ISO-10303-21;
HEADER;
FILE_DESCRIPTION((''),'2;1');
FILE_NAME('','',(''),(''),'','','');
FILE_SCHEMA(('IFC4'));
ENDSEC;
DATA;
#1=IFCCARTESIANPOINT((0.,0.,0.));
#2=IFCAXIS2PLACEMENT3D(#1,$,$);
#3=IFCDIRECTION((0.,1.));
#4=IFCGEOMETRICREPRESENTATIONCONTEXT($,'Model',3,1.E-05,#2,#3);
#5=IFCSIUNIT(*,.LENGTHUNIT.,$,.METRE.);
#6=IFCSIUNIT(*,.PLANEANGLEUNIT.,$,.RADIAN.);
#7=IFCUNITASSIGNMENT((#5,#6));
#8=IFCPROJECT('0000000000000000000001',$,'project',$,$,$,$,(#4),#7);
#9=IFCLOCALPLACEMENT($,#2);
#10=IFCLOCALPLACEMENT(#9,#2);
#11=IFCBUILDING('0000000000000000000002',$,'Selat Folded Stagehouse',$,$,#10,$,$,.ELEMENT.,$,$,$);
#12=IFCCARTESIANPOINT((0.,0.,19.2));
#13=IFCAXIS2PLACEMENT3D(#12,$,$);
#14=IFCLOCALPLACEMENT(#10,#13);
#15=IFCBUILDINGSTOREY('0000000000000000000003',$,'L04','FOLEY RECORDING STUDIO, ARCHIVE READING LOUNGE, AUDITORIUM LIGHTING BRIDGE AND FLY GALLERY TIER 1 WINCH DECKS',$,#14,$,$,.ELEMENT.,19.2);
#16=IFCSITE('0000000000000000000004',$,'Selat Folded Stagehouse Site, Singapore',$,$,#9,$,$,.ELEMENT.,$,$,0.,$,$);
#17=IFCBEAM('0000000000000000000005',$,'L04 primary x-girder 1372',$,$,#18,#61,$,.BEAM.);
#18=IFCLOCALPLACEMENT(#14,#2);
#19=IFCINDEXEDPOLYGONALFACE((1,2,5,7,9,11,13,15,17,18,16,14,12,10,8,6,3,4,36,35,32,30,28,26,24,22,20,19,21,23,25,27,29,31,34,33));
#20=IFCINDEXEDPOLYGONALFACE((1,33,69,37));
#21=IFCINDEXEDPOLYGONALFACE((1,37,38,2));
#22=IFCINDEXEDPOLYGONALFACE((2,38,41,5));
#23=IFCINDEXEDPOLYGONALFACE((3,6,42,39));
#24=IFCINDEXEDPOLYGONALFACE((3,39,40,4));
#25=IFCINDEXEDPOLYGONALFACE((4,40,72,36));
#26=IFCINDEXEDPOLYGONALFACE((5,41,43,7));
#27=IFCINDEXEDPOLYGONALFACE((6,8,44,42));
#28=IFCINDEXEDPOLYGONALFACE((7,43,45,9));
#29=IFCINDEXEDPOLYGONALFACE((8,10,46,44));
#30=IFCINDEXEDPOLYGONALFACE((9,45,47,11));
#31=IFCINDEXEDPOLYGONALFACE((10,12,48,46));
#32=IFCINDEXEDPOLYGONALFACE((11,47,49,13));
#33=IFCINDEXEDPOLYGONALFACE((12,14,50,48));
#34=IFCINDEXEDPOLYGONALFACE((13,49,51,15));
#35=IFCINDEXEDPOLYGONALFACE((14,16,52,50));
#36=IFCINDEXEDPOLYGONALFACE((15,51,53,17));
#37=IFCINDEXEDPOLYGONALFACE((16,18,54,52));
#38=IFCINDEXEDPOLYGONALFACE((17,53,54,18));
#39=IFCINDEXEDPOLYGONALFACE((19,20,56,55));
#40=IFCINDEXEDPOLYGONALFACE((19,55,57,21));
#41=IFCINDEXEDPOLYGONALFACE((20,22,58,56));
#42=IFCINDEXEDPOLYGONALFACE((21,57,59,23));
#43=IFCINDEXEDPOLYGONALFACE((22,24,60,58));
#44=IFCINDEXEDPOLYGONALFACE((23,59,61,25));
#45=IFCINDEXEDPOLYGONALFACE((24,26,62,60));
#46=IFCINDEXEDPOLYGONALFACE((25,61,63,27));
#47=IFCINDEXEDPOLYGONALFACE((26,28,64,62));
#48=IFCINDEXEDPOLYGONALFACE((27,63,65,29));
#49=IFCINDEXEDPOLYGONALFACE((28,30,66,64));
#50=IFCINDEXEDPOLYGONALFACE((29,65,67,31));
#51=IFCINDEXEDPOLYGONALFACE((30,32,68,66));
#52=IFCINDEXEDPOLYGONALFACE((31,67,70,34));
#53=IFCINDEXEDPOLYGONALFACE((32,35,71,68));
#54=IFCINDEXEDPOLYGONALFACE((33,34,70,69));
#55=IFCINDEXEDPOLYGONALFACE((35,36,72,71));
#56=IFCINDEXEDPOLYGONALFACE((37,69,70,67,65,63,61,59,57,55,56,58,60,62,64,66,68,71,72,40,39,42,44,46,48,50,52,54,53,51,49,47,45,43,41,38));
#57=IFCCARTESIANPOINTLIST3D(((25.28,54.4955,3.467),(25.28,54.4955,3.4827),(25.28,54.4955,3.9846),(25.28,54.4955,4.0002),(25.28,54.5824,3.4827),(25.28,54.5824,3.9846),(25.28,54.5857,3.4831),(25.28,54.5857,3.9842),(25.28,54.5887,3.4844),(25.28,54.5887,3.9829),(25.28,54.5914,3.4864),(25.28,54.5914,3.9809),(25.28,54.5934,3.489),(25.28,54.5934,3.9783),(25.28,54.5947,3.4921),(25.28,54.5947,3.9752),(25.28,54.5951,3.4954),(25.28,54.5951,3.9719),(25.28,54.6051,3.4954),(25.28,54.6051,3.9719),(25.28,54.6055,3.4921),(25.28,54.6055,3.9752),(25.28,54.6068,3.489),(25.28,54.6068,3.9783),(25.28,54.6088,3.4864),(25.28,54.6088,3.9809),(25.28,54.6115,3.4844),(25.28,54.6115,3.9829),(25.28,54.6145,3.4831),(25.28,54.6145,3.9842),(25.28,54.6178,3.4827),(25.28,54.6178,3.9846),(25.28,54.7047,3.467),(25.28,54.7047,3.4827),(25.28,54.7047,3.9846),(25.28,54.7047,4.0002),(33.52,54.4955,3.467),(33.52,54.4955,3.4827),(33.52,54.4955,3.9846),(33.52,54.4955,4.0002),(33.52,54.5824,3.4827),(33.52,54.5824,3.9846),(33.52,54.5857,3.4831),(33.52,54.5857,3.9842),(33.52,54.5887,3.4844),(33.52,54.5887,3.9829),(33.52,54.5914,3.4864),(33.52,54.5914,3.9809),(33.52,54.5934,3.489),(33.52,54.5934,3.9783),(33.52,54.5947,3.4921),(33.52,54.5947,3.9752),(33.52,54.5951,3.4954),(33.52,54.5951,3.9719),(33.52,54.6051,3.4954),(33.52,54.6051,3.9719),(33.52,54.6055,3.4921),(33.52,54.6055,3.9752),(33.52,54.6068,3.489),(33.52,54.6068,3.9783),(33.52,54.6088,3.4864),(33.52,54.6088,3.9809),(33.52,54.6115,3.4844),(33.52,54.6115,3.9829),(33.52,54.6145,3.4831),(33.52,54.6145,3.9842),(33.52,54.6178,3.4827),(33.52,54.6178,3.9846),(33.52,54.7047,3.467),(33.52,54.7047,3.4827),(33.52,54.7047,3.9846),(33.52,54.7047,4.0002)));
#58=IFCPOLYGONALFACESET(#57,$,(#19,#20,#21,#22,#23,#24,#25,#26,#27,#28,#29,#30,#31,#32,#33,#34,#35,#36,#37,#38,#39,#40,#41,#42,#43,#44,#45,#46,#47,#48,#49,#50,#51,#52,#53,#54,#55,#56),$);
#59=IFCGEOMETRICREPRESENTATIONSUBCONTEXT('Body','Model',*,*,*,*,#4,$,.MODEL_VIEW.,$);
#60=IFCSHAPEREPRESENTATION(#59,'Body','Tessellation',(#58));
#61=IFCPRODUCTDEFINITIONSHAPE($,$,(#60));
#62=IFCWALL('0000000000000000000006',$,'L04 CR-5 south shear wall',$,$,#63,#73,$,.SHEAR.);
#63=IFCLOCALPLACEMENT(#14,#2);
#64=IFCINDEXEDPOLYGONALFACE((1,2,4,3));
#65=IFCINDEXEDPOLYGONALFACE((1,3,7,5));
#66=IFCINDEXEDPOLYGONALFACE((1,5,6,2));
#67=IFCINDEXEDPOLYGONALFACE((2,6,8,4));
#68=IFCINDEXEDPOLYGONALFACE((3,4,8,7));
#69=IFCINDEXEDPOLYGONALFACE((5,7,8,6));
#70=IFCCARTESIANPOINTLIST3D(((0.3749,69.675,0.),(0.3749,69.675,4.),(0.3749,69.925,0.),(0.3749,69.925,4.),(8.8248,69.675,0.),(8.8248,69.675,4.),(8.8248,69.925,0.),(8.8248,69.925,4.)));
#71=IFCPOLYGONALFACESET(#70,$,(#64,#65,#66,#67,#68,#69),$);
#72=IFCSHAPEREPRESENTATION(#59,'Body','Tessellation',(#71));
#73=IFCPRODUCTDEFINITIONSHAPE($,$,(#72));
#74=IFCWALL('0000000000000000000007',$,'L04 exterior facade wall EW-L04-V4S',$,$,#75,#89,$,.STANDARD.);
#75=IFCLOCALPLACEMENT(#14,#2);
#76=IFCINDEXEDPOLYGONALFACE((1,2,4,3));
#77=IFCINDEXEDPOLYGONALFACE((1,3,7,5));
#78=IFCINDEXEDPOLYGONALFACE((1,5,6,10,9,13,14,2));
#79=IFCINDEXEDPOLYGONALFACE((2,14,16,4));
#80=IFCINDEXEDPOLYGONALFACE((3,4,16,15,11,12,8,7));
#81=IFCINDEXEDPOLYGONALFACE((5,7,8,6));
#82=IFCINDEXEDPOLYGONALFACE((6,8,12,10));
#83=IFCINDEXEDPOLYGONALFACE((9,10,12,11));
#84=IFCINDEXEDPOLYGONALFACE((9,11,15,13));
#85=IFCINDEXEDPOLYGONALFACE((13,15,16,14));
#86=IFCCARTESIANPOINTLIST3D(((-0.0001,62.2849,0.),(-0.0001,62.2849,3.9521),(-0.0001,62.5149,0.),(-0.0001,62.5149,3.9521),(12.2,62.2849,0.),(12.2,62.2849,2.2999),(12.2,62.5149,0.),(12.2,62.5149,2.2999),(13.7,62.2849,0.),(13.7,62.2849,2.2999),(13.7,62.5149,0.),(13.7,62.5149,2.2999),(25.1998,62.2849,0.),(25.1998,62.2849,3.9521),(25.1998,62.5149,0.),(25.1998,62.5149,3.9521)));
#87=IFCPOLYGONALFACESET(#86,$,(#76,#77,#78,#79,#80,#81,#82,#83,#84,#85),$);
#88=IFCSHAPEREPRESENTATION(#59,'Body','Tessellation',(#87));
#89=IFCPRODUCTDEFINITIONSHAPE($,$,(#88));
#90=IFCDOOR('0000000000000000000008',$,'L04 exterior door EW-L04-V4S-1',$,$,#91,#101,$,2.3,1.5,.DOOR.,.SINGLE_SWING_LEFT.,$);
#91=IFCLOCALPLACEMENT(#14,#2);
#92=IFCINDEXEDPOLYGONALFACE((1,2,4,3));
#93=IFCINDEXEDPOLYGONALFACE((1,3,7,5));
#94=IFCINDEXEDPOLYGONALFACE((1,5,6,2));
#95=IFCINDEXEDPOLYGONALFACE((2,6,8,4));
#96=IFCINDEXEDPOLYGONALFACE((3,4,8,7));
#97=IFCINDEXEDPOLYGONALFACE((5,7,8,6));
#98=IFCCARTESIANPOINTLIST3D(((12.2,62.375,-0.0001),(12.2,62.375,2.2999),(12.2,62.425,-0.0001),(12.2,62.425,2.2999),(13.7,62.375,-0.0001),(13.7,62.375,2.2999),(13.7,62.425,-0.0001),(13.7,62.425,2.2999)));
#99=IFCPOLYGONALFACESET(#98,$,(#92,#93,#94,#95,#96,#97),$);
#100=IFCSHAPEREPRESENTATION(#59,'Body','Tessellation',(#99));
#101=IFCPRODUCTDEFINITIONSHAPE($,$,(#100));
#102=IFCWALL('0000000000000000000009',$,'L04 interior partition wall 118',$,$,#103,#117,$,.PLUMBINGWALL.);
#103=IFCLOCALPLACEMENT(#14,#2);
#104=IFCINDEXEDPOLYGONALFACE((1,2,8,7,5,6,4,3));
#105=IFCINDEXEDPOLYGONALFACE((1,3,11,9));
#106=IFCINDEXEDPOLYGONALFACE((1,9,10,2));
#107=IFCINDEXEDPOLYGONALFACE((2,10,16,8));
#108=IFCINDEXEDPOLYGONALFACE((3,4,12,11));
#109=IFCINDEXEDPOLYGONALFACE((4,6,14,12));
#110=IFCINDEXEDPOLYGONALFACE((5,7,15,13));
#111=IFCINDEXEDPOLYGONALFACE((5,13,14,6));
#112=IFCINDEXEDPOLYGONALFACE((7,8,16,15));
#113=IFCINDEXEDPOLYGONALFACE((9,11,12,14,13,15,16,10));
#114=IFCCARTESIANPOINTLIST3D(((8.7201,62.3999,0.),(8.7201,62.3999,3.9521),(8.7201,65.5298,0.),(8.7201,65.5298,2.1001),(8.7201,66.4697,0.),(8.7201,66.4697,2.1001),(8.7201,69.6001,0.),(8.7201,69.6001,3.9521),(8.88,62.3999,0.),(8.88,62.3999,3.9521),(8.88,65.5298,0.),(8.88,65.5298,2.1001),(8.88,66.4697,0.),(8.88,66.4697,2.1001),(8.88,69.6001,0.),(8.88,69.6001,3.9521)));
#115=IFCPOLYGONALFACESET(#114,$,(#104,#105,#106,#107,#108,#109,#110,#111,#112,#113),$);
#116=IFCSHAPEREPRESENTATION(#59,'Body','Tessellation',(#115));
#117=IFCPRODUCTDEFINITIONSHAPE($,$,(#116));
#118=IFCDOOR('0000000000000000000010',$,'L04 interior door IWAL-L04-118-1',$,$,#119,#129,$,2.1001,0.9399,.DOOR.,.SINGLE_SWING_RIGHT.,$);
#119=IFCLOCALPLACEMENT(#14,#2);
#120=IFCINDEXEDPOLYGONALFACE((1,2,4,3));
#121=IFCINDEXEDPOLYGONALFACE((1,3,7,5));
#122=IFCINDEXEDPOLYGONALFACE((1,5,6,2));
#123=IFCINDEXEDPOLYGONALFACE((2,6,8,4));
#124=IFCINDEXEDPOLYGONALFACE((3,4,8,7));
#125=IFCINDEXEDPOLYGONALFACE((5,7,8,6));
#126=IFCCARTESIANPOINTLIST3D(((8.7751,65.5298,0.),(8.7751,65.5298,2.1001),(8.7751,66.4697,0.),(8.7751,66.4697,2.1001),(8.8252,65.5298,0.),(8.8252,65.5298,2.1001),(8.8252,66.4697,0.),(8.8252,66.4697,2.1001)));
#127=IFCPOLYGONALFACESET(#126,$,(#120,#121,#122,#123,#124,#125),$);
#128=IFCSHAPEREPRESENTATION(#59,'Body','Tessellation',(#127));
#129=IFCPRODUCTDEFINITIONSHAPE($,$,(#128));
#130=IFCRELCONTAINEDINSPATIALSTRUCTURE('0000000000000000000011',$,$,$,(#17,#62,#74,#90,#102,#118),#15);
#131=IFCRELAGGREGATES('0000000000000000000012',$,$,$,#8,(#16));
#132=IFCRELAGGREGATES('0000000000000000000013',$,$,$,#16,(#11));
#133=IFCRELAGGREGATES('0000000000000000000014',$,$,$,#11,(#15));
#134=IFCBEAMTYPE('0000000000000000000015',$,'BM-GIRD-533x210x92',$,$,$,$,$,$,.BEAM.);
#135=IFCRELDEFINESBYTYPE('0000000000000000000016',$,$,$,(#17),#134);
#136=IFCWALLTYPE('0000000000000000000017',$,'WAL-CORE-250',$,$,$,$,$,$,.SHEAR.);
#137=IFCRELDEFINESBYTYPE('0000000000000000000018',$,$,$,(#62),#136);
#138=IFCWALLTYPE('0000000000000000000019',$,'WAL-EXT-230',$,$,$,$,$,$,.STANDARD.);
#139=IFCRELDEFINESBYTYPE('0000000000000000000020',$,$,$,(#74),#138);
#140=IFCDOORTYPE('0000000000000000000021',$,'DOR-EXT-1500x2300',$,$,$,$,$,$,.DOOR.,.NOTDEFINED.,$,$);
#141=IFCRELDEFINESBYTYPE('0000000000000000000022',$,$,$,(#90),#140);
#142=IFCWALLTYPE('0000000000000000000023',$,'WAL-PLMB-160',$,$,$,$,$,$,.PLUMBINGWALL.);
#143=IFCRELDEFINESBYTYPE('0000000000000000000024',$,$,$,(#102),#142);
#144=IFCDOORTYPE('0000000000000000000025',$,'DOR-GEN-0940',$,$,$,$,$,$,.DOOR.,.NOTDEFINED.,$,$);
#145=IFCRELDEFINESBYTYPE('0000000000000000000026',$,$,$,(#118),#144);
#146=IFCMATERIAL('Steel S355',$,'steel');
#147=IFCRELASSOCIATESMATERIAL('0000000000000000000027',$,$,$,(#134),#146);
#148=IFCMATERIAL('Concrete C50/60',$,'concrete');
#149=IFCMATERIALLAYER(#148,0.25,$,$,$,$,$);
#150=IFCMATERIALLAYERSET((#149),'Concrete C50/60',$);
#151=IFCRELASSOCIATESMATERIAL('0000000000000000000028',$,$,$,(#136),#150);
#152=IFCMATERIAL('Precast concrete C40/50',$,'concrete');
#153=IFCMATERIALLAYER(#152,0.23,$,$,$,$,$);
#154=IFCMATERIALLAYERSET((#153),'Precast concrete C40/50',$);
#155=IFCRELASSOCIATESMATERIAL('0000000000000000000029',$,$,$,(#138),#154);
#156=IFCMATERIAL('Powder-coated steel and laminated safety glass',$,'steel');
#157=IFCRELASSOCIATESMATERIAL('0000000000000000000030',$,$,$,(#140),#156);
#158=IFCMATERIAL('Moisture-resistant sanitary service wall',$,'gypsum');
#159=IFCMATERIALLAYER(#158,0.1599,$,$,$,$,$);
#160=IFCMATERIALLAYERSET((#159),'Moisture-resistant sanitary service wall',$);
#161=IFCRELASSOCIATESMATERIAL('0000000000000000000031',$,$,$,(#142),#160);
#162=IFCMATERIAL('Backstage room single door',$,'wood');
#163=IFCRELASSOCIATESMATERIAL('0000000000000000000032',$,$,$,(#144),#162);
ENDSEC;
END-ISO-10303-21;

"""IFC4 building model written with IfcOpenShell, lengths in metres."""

from ifc_helpers import new_model, si_unit, direction, frame, frame_2d, origin, origin_2d, place, context, subcontext, project, spatial, rectangle, i_section, extrude, material, layer, layer_set, material_profile, profile_set, type_object, element, fill, save


model = new_model("IFC4")

# Units and contexts
model_context = context("Model", 3, precision=1e-05, world=origin(), true_north=direction((0.0, 1.0)))
body_context = subcontext(model_context, "Body", "Model", "MODEL_VIEW")
ifc_project = project(units=[si_unit("LENGTHUNIT", "METRE"), si_unit("PLANEANGLEUNIT", "RADIAN")], contexts=[model_context])

# Site, building, storey
site_placement = place(None, origin())
site = spatial("IfcSite", under=ifc_project, at=site_placement, Name="Selat Folded Stagehouse Site, Singapore", CompositionType="ELEMENT", RefElevation=0.0)
building_placement = place(site_placement, origin())
building = spatial("IfcBuilding", under=site, at=building_placement, Name="Selat Folded Stagehouse", CompositionType="ELEMENT")
storey_placement = place(building_placement, frame((0.0, 0.0, 19.2)))
storey = spatial("IfcBuildingStorey", under=building, at=storey_placement, Name="L04", Description="FOLEY RECORDING STUDIO, ARCHIVE READING LOUNGE, AUDITORIUM LIGHTING BRIDGE AND FLY GALLERY TIER 1 WINCH DECKS", CompositionType="ELEMENT", Elevation=19.2)

# Shared definitions
ifc_material_1 = material(Name="Steel S355", Category="steel")

# Beam
ifc_material_profile_1 = material_profile(ifc_material_1, i_section(OverallWidth=0.2092, OverallDepth=0.5332, WebThickness=0.01, FlangeThickness=0.0156, FilletRadius=0.0127, at=origin_2d()), Name="UKB 533x210x92")
ifc_profile_set_1 = profile_set([ifc_material_profile_1], Name="Steel S355")
beam_type = type_object("IfcBeamType", Name="BM-GIRD-533x210x92", PredefinedType="BEAM", material=ifc_profile_set_1)
beam_placement = place(storey_placement, frame((25.28, 54.6001, 3.7336), z_axis=(1.0, 0.0, 0.0), x_axis=(0.0, 1.0, 0.0)))
element("IfcBeam", 1, at=beam_placement, inside=storey, type_object=beam_type, Name="L04 primary x-girder 1372", PredefinedType="BEAM", context=body_context, shape_type="SweptSolid", body=[
    extrude(i_section(OverallWidth=0.2092, OverallDepth=0.5332, WebThickness=0.01, FlangeThickness=0.0156, FilletRadius=0.0127, at=origin_2d()), origin(), (0.0, 0.0, 1.0), 8.24),
])

# Wall
ifc_material_2 = material(Name="Concrete C50/60", Category="concrete")
ifc_layer_1 = layer(ifc_material_2, 0.25)
ifc_layer_set_1 = layer_set([ifc_layer_1], Name="Concrete C50/60")
wall_type_1 = type_object("IfcWallType", Name="WAL-CORE-250", PredefinedType="SHEAR", material=ifc_layer_set_1)
wall_1_placement = place(storey_placement, frame((8.825, 69.8, 0.0), z_axis=(0.0, 0.0, 1.0), x_axis=(-1.0, 0.0, 0.0)))
element("IfcWall", 2, at=wall_1_placement, inside=storey, type_object=wall_type_1, Name="L04 CR-5 south shear wall", PredefinedType="SHEAR", context=body_context, shape_type="SweptSolid", body=[
    extrude(rectangle(XDim=8.45, YDim=0.25, at=frame_2d((4.2251, 0.0))), origin(), (0.0, 0.0, 1.0), 4.0),
])

# Walls, openings, doors
ifc_material_3 = material(Name="Precast concrete C40/50", Category="concrete")
ifc_layer_2 = layer(ifc_material_3, 0.23)
ifc_layer_set_2 = layer_set([ifc_layer_2], Name="Precast concrete C40/50")
wall_type_2 = type_object("IfcWallType", Name="WAL-EXT-230", PredefinedType="STANDARD", material=ifc_layer_set_2)
wall_2_placement = place(storey_placement, frame((25.2, 62.3999, 0.0), z_axis=(0.0, 0.0, 1.0), x_axis=(-1.0, 0.0, 0.0)))
wall_2 = element("IfcWall", 3, at=wall_2_placement, inside=storey, type_object=wall_type_2, Name="L04 exterior facade wall EW-L04-V4S", PredefinedType="STANDARD", context=body_context, shape_type="SweptSolid", body=[
    extrude(rectangle(XDim=25.2, YDim=0.23, at=frame_2d((12.6001, 0.0))), origin(), (0.0, 0.0, 1.0), 3.9521),
])
opening_1_placement = place(wall_2_placement, frame((11.5, 0.0, 0.0)))
opening_1 = element("IfcOpeningElement", 4, at=opening_1_placement, cuts=wall_2, PredefinedType="OPENING", context=body_context, shape_type="SweptSolid", body=[
    extrude(rectangle(XDim=1.5, YDim=2.3, at=frame_2d((0.75, 1.1499))), frame((0.0, 0.125, 0.0), z_axis=(0.0, -1.0, 0.0), x_axis=(1.0, 0.0, 0.0)), (0.0, 0.0, 1.0), 0.25),
])
ifc_material_4 = material(Name="Powder-coated steel and laminated safety glass", Category="steel")
door_type_1 = type_object("IfcDoorType", Name="DOR-EXT-1500x2300", OperationType="NOTDEFINED", PredefinedType="DOOR", material=ifc_material_4)
door_1_placement = place(opening_1_placement, origin())
door_1 = element("IfcDoor", 5, at=door_1_placement, inside=storey, type_object=door_type_1, Name="L04 exterior door EW-L04-V4S-1", OperationType="SINGLE_SWING_LEFT", OverallHeight=2.3, OverallWidth=1.5, PredefinedType="DOOR", context=body_context, shape_type="SweptSolid", body=[
    extrude(rectangle(XDim=1.5, YDim=2.3, at=frame_2d((0.75, 1.1499))), frame((0.0, 0.0249, 0.0), z_axis=(0.0, -1.0, 0.0), x_axis=(1.0, 0.0, 0.0)), (0.0, 0.0, 1.0), 0.05),
])
fill(opening_1, door_1)
ifc_material_5 = material(Name="Moisture-resistant sanitary service wall", Category="gypsum")
ifc_layer_3 = layer(ifc_material_5, 0.1599)
ifc_layer_set_3 = layer_set([ifc_layer_3], Name="Moisture-resistant sanitary service wall")
wall_type_3 = type_object("IfcWallType", Name="WAL-PLMB-160", PredefinedType="PLUMBINGWALL", material=ifc_layer_set_3)
wall_3_placement = place(storey_placement, frame((8.8, 62.3999, 0.0), z_axis=(0.0, 0.0, 1.0), x_axis=(0.0, 1.0, 0.0)))
wall_3 = element("IfcWall", 6, at=wall_3_placement, inside=storey, type_object=wall_type_3, Name="L04 interior partition wall 118", PredefinedType="PLUMBINGWALL", context=body_context, shape_type="SweptSolid", body=[
    extrude(rectangle(XDim=7.2002, YDim=0.1599, at=frame_2d((3.6001, 0.0))), origin(), (0.0, 0.0, 1.0), 3.9521),
])
opening_2_placement = place(wall_3_placement, frame((3.1299, 0.0, 0.0)))
opening_2 = element("IfcOpeningElement", 7, at=opening_2_placement, cuts=wall_3, PredefinedType="OPENING", context=body_context, shape_type="SweptSolid", body=[
    extrude(rectangle(XDim=0.9399, YDim=2.1001, at=frame_2d((0.47, 1.05))), frame((0.0, 0.0898, 0.0), z_axis=(0.0, -1.0, 0.0), x_axis=(1.0, 0.0, 0.0)), (0.0, 0.0, 1.0), 0.1799),
])
ifc_material_6 = material(Name="Backstage room single door", Category="wood")
door_type_2 = type_object("IfcDoorType", Name="DOR-GEN-0940", OperationType="NOTDEFINED", PredefinedType="DOOR", material=ifc_material_6)
door_2_placement = place(opening_2_placement, origin())
door_2 = element("IfcDoor", 8, at=door_2_placement, inside=storey, type_object=door_type_2, Name="L04 interior door IWAL-L04-118-1", OperationType="SINGLE_SWING_RIGHT", OverallHeight=2.1001, OverallWidth=0.9399, PredefinedType="DOOR", context=body_context, shape_type="SweptSolid", body=[
    extrude(rectangle(XDim=0.9399, YDim=2.1001, at=frame_2d((0.47, 1.05))), frame((0.0, 0.0249, 0.0), z_axis=(0.0, -1.0, 0.0), x_axis=(1.0, 0.0, 0.0)), (0.0, 0.0, 1.0), 0.05),
])
fill(opening_2, door_2)

save(model, "model.ifc")
